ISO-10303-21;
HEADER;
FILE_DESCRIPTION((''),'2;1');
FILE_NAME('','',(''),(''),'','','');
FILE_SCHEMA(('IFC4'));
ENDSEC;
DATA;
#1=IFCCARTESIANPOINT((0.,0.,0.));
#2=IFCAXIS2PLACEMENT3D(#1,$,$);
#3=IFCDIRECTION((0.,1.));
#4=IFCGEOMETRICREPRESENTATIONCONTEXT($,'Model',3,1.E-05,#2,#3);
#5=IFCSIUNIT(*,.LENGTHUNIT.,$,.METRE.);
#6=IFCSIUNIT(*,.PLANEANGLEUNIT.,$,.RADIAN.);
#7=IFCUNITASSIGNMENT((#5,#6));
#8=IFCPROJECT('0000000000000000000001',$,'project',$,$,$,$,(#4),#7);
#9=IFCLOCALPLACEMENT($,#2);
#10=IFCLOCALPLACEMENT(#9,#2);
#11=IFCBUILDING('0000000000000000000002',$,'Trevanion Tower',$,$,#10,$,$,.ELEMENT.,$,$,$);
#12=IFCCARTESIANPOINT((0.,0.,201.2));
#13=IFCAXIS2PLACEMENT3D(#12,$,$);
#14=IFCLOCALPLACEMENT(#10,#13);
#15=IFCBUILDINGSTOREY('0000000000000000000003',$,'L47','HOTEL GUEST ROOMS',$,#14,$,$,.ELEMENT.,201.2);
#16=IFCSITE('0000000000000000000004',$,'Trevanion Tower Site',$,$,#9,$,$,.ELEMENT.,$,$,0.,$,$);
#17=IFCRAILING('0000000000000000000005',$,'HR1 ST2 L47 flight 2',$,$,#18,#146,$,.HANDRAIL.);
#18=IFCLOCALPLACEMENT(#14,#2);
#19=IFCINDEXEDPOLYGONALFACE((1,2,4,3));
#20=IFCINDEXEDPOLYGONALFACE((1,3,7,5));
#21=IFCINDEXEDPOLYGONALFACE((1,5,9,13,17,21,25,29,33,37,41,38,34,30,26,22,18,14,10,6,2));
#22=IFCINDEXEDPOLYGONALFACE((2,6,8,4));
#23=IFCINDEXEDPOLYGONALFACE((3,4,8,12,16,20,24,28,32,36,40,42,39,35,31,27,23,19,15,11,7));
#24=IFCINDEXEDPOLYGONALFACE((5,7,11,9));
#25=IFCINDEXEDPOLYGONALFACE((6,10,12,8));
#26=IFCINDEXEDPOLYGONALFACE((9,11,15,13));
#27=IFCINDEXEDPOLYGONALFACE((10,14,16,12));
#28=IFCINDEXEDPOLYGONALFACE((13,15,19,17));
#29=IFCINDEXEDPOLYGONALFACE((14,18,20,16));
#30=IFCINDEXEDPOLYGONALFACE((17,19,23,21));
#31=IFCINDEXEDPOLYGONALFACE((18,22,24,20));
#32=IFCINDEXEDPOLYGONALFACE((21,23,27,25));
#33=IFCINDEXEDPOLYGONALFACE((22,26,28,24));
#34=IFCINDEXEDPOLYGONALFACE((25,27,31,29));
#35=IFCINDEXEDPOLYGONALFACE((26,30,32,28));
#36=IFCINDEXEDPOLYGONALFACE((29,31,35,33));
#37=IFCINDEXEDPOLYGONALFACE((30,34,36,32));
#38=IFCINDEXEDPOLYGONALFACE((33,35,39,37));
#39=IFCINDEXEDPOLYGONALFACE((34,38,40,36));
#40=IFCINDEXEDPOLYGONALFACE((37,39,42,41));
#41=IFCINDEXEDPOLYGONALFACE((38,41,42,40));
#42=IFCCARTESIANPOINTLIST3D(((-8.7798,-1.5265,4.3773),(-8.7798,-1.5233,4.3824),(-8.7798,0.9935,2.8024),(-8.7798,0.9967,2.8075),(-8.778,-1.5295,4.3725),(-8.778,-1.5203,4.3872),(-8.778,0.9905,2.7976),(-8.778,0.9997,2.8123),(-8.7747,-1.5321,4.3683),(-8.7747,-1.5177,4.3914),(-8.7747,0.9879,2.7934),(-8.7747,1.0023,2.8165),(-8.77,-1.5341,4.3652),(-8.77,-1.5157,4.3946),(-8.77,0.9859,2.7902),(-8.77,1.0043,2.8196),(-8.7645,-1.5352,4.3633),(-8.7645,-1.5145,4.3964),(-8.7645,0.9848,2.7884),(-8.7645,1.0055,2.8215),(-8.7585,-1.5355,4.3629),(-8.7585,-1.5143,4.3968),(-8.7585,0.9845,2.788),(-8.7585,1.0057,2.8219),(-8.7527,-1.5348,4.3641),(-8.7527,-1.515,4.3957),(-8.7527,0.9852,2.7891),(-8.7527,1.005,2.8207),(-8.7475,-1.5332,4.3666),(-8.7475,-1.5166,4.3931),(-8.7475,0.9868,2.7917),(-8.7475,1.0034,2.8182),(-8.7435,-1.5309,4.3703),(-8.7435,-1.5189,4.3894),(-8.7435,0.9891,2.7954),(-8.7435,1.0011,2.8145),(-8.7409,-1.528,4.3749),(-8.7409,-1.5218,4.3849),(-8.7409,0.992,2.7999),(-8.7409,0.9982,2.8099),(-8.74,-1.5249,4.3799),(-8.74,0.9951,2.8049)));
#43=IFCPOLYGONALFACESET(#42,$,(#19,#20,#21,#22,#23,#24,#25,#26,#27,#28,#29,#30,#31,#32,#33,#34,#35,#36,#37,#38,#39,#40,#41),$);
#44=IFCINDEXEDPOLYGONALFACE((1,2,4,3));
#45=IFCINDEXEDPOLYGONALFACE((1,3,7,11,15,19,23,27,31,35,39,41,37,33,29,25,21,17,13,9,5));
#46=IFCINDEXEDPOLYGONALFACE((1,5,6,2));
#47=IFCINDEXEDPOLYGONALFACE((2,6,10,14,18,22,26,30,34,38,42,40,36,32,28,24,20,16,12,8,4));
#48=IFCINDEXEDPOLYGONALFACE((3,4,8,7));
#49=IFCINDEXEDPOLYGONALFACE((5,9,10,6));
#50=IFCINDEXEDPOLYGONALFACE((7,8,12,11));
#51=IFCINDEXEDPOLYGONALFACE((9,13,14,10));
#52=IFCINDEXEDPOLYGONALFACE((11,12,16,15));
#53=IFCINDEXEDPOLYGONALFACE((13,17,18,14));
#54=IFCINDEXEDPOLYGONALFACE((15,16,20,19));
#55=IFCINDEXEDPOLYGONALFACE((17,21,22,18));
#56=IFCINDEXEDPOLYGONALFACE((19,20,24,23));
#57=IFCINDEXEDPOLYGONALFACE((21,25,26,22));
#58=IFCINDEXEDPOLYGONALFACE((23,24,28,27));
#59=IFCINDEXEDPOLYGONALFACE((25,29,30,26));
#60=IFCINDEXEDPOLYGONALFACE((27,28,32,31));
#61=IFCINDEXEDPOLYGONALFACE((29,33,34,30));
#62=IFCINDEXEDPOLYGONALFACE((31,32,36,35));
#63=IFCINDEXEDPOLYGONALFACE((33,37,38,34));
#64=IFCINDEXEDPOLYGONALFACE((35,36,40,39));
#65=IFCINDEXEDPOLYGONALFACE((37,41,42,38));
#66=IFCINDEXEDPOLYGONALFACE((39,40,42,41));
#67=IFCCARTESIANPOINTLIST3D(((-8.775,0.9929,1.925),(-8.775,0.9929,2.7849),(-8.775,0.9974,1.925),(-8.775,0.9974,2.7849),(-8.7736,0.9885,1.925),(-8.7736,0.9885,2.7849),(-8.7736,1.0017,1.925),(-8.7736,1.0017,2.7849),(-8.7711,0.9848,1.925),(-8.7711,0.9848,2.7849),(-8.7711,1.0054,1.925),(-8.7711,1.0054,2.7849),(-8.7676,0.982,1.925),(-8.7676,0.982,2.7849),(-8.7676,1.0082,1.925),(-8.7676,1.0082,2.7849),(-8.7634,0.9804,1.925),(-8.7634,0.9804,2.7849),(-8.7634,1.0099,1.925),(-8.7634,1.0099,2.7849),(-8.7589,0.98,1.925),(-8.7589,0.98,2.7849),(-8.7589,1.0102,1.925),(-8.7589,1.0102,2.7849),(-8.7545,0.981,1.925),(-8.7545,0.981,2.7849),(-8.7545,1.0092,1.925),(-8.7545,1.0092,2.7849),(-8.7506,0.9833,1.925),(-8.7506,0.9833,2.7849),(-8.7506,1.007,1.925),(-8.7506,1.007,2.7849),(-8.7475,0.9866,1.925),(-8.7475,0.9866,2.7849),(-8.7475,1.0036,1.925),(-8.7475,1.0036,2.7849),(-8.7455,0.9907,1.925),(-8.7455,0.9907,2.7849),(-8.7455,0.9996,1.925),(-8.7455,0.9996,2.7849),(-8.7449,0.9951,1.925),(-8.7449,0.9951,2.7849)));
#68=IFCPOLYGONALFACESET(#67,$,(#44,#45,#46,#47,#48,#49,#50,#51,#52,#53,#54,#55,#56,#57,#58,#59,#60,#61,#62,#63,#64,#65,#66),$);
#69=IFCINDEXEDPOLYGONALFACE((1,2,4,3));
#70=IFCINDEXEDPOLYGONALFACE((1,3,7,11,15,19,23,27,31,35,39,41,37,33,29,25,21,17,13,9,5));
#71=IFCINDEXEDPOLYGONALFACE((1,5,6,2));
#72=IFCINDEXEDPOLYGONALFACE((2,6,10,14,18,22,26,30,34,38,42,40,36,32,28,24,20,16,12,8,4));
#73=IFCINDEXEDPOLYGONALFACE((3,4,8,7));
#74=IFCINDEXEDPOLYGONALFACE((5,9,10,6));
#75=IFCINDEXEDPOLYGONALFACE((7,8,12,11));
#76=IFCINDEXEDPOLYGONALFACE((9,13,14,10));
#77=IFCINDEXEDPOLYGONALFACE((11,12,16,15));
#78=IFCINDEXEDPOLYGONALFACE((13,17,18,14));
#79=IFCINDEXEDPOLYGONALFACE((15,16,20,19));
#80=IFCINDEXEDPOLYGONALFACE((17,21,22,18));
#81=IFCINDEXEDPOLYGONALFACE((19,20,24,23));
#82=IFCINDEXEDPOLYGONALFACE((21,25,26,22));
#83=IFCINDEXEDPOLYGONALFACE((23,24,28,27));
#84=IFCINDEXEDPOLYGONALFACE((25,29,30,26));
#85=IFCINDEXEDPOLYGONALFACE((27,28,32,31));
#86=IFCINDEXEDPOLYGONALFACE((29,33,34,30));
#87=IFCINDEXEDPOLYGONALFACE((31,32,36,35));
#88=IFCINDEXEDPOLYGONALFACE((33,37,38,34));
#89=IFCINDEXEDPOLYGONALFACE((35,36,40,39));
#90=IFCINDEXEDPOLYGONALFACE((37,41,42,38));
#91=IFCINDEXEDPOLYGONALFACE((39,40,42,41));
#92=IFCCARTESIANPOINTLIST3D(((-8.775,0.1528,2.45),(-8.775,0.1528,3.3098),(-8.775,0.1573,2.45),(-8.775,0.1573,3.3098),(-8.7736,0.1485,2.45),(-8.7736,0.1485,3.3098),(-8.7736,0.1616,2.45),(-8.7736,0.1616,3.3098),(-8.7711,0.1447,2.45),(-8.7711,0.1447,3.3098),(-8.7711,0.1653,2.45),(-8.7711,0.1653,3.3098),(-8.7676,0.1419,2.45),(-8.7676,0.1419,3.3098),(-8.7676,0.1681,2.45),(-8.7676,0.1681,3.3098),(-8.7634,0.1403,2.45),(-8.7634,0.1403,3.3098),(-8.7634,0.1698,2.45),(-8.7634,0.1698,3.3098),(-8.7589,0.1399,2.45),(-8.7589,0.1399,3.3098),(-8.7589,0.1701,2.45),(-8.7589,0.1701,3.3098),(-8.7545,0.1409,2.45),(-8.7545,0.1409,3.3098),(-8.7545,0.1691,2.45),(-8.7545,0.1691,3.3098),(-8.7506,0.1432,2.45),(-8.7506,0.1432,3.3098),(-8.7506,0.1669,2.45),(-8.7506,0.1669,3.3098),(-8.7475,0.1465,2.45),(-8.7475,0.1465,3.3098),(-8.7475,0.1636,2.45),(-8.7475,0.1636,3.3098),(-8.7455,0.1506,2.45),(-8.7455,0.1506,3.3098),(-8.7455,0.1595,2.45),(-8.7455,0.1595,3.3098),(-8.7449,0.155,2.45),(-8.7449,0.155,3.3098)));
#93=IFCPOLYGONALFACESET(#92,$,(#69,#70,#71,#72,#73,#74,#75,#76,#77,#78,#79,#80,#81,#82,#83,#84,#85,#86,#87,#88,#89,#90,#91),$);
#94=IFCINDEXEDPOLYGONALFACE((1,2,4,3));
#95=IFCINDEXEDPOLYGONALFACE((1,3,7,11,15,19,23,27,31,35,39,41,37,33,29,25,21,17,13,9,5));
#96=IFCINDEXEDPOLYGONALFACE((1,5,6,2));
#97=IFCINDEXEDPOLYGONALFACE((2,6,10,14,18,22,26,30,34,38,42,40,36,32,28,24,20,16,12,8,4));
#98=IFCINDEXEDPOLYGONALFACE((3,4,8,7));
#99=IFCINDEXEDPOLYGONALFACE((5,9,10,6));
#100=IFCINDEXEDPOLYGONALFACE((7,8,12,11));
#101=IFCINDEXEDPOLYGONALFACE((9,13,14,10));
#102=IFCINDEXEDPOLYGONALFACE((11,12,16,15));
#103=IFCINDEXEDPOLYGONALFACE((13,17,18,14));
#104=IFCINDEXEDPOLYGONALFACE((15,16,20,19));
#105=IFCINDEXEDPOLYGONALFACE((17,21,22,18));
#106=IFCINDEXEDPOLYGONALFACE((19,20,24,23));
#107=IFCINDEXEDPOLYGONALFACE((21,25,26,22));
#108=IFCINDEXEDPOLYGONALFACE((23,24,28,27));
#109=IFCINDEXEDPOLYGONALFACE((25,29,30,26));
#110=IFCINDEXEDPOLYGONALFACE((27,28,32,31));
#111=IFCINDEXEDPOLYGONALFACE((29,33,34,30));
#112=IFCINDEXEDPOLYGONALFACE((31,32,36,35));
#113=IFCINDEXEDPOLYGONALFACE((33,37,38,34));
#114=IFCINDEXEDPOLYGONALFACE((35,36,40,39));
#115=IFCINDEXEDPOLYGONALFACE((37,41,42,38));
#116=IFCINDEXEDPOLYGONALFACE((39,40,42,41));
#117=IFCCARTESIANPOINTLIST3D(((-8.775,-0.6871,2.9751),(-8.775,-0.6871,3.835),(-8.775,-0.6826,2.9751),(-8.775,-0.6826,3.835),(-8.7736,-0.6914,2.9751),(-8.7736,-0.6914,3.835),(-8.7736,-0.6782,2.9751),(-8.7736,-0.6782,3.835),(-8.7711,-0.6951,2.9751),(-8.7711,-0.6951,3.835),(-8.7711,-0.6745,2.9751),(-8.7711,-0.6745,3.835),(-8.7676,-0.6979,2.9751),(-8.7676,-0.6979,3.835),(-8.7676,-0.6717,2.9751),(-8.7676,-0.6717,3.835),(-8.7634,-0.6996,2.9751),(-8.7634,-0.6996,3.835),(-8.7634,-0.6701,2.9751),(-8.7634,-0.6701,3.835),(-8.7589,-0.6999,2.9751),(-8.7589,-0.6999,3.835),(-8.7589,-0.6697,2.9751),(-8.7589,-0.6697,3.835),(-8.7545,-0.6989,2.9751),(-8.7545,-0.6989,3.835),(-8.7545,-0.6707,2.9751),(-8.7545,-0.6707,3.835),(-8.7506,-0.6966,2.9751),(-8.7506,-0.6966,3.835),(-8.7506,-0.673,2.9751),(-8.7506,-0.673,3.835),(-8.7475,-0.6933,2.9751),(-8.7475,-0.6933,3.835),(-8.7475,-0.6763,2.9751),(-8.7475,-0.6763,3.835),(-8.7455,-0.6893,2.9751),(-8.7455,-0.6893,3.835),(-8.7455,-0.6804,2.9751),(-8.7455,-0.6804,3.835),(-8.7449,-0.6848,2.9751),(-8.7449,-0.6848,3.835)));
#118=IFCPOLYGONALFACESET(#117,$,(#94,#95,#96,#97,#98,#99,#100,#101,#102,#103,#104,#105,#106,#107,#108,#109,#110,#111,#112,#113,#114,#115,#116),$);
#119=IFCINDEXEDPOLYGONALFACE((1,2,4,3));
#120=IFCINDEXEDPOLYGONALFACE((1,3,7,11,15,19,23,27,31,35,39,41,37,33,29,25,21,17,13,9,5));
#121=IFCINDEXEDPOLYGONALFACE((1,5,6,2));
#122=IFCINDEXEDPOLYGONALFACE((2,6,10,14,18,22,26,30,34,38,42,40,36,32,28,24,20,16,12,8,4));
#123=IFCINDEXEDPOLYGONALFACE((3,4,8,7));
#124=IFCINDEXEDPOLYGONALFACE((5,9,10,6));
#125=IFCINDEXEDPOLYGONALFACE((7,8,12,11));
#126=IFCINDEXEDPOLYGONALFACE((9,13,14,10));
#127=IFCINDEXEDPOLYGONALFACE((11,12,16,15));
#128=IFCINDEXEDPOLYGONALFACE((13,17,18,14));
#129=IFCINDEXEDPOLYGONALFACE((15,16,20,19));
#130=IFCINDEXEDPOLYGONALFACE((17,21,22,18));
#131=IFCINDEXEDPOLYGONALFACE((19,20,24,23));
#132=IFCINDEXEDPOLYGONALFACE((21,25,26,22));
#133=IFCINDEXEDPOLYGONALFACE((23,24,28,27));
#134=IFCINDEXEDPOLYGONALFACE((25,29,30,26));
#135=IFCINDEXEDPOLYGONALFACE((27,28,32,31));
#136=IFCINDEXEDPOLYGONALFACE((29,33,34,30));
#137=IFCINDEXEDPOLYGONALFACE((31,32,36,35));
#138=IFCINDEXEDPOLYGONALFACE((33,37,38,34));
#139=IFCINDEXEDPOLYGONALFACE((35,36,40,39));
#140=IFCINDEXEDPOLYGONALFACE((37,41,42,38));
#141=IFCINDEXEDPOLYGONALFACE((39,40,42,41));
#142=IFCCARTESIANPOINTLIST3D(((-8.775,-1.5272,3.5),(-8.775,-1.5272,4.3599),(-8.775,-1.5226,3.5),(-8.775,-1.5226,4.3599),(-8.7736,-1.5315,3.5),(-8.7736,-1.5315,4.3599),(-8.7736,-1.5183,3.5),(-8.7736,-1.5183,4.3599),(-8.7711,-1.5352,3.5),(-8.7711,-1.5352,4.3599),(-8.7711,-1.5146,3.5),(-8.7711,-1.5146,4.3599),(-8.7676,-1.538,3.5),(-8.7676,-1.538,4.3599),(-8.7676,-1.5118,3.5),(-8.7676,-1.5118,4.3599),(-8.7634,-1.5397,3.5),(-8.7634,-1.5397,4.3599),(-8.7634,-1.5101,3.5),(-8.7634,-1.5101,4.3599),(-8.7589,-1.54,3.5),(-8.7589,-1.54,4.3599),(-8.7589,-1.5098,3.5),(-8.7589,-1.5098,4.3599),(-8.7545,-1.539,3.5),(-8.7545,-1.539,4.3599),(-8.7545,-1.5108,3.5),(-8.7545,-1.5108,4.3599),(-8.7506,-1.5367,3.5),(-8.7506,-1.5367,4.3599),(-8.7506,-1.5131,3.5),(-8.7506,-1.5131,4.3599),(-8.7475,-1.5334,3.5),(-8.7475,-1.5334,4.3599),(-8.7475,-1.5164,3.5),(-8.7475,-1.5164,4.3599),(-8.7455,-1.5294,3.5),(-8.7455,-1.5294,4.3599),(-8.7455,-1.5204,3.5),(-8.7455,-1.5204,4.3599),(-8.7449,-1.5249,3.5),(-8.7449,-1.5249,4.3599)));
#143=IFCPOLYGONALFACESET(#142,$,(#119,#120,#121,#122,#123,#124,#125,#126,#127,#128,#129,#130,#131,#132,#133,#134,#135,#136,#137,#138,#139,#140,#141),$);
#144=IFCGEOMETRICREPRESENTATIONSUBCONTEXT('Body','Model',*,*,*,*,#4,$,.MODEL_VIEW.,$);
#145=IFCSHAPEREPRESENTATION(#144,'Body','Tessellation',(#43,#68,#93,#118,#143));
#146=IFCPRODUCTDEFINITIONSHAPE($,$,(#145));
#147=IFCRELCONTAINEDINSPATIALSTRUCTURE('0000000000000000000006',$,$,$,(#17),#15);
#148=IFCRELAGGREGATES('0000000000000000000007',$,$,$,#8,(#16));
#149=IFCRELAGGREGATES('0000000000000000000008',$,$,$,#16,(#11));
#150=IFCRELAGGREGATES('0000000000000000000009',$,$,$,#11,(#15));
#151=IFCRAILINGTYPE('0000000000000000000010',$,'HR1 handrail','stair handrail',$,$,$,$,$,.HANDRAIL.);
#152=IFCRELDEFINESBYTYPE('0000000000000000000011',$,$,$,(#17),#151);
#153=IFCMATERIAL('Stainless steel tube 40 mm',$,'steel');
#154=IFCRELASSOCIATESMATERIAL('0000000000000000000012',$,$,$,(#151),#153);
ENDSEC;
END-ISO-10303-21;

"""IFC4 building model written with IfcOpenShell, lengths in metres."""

from ifc_helpers import new_model, si_unit, direction, frame, origin, origin_2d, place, context, subcontext, project, spatial, circle, extrude, material, type_object, element, save


model = new_model("IFC4")

# Units and contexts
model_context = context("Model", 3, precision=1e-05, world=origin(), true_north=direction((0.0, 1.0)))
body_context = subcontext(model_context, "Body", "Model", "MODEL_VIEW")
ifc_project = project(units=[si_unit("LENGTHUNIT", "METRE"), si_unit("PLANEANGLEUNIT", "RADIAN")], contexts=[model_context])

# Site, building, storey
site_placement = place(None, origin())
site = spatial("IfcSite", under=ifc_project, at=site_placement, Name="Trevanion Tower Site", CompositionType="ELEMENT", RefElevation=0.0)
building_placement = place(site_placement, origin())
building = spatial("IfcBuilding", under=site, at=building_placement, Name="Trevanion Tower", CompositionType="ELEMENT")
storey_placement = place(building_placement, frame((0.0, 0.0, 201.2)))
storey = spatial("IfcBuildingStorey", under=building, at=storey_placement, Name="L47", Description="HOTEL GUEST ROOMS", CompositionType="ELEMENT", Elevation=201.2)

# Railing
ifc_material_1 = material(Name="Stainless steel tube 40 mm", Category="steel")
railing_type = type_object("IfcRailingType", Name="HR1 handrail", Description="stair handrail", PredefinedType="HANDRAIL", material=ifc_material_1)
for number, where, name in (
    (1, (-8.76, 0.9951, 1.925), "HR1 ST2 L47 flight 2"),
):
    element("IfcRailing", number, at=place(storey_placement, frame(where)), inside=storey, type_object=railing_type, Name=name, PredefinedType="HANDRAIL", context=body_context, shape_type="SweptSolid", body=[
        extrude(circle(Radius=0.02, at=origin_2d()), frame((0.0, 0.0, 0.8799), z_axis=(0.0, -0.848008, 0.529984), x_axis=(1.0, 0.0, 0.0)), (0.0, 0.0, 1.0), 2.9717),
        extrude(circle(Radius=0.0151, at=origin_2d()), origin(), (0.0, 0.0, 1.0), 0.8599),
        extrude(circle(Radius=0.0151, at=origin_2d()), frame((0.0, -0.8401, 0.5249)), (0.0, 0.0, 1.0), 0.8599),
        extrude(circle(Radius=0.0151, at=origin_2d()), frame((0.0, -1.6799, 1.05)), (0.0, 0.0, 1.0), 0.8599),
        extrude(circle(Radius=0.0151, at=origin_2d()), frame((0.0, -2.52, 1.575)), (0.0, 0.0, 1.0), 0.8599),
    ])

save(model, "model.ifc")
